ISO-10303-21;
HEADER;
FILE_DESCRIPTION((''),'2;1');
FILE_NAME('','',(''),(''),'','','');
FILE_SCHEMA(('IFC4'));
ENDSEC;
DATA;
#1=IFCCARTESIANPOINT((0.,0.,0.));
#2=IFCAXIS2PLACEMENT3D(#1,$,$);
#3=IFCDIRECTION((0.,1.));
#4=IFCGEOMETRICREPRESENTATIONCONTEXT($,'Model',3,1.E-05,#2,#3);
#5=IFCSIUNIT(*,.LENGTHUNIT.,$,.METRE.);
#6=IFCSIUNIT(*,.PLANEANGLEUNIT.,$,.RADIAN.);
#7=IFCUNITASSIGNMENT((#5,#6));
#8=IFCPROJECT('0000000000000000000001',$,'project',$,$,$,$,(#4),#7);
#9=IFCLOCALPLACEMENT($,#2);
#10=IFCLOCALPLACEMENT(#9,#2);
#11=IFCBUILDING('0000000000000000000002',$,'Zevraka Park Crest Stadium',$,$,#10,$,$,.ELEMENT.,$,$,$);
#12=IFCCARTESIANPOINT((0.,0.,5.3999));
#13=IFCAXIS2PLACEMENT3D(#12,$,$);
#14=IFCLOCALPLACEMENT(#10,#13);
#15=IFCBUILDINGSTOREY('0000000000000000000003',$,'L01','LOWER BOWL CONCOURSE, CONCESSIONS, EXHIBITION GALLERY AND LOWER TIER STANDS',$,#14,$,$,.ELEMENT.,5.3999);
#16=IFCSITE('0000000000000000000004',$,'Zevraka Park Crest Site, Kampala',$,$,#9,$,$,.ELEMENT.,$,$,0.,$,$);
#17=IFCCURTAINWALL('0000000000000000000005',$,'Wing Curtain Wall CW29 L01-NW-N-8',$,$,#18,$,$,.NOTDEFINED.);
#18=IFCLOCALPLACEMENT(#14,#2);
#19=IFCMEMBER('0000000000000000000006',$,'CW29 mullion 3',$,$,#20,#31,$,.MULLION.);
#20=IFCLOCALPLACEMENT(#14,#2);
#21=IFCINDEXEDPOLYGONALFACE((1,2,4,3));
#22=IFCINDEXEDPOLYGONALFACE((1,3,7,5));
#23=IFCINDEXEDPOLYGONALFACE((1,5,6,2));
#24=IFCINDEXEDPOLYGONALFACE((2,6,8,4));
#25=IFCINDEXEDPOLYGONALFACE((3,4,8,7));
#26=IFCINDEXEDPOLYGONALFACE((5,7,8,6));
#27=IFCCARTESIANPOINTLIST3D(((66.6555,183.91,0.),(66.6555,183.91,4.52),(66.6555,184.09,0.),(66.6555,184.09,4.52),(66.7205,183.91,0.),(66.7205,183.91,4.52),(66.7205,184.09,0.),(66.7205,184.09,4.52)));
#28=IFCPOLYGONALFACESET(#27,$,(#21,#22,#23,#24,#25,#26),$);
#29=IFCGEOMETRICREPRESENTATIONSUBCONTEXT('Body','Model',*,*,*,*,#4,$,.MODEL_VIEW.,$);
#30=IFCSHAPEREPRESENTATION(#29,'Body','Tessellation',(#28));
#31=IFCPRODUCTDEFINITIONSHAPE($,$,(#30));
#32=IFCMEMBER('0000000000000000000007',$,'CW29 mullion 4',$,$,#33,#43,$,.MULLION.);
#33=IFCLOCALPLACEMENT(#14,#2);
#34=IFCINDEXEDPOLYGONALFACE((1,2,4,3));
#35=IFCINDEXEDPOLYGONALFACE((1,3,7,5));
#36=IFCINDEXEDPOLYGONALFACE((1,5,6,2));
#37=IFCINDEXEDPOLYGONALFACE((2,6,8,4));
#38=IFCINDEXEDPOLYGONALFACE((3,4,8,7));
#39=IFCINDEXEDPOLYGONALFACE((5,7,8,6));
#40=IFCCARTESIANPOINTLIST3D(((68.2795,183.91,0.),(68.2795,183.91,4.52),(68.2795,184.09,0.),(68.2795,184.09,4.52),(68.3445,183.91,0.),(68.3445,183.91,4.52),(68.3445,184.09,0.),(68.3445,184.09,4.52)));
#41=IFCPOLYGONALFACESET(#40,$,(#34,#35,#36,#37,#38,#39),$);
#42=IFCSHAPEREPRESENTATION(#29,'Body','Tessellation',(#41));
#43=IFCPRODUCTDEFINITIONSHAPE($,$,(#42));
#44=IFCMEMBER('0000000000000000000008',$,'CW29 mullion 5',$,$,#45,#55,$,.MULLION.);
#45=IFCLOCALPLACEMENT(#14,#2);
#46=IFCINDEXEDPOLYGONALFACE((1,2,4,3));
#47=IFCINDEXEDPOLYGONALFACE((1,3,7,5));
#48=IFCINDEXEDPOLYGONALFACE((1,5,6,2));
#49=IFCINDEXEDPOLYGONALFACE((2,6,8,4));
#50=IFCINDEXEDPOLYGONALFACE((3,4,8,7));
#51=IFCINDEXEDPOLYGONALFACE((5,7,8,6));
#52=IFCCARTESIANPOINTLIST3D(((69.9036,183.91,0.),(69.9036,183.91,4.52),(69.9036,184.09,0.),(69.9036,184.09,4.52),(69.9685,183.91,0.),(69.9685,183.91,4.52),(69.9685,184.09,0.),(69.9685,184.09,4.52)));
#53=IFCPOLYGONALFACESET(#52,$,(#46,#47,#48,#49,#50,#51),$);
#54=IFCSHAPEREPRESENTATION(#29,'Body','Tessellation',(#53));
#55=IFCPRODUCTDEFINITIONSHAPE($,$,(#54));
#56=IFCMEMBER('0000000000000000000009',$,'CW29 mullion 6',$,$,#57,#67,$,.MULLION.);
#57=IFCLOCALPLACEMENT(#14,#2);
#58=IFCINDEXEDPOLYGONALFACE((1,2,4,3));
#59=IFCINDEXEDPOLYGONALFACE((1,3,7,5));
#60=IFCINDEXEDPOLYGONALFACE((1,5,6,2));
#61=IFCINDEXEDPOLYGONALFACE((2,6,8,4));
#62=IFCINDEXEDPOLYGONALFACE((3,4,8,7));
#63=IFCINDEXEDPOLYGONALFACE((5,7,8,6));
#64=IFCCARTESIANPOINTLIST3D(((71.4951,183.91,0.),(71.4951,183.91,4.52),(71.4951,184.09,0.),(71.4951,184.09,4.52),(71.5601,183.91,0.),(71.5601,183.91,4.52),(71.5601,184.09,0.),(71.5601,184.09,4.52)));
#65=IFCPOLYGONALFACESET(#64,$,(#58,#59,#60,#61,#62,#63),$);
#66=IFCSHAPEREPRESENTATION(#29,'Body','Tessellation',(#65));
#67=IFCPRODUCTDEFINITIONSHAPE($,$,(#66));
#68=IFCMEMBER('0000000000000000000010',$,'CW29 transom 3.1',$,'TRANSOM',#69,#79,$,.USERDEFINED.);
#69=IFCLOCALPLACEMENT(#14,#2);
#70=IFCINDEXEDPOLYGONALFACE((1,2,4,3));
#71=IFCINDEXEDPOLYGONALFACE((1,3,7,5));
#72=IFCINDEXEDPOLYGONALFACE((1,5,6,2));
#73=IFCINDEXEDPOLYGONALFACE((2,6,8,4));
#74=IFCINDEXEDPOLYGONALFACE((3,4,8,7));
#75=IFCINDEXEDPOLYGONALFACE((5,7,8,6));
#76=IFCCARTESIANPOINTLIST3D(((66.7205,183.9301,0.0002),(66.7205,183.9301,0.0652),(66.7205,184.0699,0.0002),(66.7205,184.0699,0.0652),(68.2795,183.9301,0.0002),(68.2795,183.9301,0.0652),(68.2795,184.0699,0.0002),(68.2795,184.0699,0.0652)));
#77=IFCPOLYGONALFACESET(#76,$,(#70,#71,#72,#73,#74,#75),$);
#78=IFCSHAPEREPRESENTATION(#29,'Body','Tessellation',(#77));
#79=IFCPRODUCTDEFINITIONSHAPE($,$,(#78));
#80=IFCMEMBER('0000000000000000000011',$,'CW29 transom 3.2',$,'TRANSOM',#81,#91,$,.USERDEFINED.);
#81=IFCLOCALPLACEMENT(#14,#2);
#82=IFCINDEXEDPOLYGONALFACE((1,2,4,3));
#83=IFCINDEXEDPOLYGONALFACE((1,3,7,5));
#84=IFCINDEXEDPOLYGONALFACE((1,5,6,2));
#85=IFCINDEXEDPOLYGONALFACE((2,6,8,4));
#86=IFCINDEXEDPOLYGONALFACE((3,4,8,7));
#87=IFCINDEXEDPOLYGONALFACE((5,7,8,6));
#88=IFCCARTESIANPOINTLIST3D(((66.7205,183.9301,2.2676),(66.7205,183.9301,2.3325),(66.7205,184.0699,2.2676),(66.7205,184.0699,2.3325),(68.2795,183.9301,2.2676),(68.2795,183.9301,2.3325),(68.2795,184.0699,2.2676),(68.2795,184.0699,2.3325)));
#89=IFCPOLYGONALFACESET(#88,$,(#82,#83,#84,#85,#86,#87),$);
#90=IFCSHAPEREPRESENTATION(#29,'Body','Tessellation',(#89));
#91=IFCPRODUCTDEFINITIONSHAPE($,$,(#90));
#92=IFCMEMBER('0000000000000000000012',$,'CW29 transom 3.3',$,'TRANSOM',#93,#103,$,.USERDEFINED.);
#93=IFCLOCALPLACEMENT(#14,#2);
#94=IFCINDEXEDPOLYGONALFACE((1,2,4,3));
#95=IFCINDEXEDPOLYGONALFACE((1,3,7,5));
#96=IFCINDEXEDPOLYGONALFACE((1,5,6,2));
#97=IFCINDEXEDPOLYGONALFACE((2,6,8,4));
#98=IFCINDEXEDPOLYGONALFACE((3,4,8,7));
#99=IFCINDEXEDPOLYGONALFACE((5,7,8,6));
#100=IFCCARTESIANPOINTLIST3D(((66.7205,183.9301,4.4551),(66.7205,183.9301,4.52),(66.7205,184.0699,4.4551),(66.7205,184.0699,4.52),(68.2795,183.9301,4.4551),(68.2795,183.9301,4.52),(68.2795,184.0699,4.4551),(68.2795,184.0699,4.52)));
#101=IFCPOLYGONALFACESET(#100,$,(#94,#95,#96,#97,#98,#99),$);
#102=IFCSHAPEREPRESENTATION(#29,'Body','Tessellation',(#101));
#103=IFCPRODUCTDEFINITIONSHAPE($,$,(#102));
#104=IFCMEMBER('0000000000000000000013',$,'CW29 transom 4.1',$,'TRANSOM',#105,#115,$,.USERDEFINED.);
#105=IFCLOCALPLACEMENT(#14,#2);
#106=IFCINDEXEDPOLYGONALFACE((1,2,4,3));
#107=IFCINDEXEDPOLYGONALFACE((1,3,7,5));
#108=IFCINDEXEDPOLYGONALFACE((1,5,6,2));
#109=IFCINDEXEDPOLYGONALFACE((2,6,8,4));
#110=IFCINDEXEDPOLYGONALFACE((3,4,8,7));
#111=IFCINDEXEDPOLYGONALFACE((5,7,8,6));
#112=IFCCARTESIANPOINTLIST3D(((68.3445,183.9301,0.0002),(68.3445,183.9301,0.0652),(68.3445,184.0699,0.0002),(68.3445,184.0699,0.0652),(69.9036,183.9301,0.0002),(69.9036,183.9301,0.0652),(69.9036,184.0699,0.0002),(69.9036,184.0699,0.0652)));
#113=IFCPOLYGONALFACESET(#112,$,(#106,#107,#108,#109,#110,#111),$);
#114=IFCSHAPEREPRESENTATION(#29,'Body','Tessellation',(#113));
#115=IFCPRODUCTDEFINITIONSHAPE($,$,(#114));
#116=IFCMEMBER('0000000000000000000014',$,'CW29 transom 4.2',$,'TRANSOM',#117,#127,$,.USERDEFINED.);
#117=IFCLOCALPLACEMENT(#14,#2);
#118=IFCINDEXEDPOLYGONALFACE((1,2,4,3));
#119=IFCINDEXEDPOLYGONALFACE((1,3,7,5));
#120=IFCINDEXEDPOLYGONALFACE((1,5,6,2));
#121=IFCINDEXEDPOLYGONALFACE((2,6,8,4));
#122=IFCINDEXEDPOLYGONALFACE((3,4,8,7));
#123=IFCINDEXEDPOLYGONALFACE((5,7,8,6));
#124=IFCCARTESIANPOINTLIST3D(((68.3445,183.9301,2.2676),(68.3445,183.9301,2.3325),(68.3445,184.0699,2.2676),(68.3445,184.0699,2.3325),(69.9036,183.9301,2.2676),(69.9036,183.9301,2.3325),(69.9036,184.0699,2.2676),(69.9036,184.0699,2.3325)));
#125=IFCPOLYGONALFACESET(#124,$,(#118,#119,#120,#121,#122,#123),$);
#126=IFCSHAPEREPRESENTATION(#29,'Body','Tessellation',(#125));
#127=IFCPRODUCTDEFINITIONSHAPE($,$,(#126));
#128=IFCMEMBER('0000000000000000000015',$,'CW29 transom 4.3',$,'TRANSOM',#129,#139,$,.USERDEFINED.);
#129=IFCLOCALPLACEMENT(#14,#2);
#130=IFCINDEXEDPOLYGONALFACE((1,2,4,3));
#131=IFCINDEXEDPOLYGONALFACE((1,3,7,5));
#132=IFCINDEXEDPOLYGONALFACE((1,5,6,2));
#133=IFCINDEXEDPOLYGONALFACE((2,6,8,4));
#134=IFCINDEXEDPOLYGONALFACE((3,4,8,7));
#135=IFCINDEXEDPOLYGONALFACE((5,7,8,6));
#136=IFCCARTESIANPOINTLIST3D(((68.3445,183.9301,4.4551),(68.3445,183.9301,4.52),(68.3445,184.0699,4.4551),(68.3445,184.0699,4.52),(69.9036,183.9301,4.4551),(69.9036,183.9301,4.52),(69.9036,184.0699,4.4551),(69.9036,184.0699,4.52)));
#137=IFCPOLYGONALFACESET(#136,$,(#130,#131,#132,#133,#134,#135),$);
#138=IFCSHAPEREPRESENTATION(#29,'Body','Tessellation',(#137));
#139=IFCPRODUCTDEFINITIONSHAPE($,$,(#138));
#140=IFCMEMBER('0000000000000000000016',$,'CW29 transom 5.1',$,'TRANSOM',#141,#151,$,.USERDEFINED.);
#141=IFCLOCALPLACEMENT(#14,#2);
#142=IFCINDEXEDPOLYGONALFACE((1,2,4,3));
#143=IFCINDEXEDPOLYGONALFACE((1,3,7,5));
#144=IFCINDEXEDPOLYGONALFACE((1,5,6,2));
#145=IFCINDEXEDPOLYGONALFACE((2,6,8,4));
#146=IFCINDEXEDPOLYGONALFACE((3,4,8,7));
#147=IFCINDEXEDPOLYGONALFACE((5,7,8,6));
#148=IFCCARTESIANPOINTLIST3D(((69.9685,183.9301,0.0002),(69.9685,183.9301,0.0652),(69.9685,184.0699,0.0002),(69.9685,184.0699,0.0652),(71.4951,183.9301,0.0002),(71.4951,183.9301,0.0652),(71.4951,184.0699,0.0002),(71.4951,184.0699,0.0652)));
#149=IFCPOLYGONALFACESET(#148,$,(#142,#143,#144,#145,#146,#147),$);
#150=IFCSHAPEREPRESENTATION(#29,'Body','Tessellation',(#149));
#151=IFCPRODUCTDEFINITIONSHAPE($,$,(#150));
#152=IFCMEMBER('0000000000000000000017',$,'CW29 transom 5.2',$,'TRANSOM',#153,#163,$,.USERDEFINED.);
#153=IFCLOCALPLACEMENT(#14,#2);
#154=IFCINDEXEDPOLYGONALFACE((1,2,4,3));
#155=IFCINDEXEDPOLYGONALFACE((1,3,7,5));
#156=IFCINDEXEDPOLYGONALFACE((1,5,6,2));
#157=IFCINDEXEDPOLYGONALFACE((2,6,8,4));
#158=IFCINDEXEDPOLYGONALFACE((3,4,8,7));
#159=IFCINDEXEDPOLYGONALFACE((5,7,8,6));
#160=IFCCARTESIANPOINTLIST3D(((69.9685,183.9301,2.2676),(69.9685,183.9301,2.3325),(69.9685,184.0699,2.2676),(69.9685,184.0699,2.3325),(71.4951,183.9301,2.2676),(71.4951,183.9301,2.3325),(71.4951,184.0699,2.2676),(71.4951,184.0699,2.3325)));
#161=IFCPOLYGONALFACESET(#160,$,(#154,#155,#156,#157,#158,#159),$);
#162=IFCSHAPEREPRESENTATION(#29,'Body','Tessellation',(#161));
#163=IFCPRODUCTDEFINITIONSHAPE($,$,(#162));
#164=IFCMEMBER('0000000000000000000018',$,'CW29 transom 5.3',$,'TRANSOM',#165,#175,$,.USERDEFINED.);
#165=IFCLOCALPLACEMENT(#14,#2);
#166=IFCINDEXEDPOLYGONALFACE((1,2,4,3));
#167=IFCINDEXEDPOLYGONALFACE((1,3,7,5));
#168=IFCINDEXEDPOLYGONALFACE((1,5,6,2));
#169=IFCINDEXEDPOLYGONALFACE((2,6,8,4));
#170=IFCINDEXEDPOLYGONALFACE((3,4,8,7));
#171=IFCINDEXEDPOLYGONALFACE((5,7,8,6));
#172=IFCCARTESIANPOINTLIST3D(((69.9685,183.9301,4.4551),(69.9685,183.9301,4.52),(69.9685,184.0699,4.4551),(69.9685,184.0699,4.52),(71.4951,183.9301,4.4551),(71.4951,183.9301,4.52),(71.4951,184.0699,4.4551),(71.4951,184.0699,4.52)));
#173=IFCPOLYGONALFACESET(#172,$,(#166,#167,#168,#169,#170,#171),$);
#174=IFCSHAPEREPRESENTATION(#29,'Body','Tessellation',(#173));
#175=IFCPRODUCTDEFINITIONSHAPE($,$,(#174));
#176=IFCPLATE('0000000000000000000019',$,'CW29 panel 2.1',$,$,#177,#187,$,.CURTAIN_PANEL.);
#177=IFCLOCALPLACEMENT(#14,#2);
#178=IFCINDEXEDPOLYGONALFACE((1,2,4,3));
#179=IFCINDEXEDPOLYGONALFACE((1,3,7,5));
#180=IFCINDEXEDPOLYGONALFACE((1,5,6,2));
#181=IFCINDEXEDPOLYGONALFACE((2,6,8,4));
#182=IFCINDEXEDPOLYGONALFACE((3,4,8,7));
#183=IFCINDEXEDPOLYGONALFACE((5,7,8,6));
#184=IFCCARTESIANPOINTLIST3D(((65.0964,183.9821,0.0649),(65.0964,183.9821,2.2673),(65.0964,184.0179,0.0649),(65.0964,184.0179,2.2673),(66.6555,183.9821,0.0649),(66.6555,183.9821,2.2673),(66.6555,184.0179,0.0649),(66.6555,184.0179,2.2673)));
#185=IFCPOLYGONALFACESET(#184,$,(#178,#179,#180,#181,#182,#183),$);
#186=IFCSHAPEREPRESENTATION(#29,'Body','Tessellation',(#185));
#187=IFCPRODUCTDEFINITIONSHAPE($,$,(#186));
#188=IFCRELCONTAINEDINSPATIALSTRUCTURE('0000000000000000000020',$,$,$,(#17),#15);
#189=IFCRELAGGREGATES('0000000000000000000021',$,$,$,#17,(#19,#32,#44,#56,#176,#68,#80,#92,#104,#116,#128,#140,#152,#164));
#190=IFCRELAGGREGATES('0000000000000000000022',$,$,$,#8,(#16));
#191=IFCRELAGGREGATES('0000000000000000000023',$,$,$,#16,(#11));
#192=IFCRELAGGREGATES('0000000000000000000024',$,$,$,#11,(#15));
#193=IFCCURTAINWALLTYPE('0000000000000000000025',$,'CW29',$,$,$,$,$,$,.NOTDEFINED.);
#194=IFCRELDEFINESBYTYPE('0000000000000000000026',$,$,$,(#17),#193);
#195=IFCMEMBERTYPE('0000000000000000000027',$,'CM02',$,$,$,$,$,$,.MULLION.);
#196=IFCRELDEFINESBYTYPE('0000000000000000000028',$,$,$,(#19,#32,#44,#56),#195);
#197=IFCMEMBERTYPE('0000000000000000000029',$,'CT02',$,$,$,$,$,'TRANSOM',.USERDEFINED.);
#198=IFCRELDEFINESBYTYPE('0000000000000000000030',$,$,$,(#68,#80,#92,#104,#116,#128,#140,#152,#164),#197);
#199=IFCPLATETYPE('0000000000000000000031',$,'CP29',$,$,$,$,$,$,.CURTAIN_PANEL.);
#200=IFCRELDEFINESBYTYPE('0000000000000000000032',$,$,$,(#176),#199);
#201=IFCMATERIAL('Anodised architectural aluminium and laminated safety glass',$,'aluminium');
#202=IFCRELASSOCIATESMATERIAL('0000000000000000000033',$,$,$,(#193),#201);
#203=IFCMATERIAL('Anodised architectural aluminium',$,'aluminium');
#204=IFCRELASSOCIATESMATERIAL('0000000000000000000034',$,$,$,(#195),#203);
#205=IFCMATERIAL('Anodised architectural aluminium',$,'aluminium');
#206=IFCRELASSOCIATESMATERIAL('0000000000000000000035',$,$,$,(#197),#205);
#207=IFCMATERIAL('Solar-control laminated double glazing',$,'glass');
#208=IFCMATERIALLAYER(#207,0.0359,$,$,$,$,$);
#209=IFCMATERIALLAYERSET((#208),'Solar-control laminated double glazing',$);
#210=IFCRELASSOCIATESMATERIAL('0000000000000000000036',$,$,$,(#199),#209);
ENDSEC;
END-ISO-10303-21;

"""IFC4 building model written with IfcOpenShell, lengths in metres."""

from ifc_helpers import new_model, si_unit, direction, frame, origin, origin_2d, place, context, subcontext, project, spatial, rectangle, extrude, material, layer, layer_set, material_profile, profile_set, type_object, element, aggregate, save


model = new_model("IFC4")

# Units and contexts
model_context = context("Model", 3, precision=1e-05, world=origin(), true_north=direction((0.0, 1.0)))
body_context = subcontext(model_context, "Body", "Model", "MODEL_VIEW")
ifc_project = project(units=[si_unit("LENGTHUNIT", "METRE"), si_unit("PLANEANGLEUNIT", "RADIAN")], contexts=[model_context])

# Site, building, storey
site_placement = place(None, origin())
site = spatial("IfcSite", under=ifc_project, at=site_placement, Name="Zevraka Park Crest Site, Kampala", CompositionType="ELEMENT", RefElevation=0.0)
building_placement = place(site_placement, origin())
building = spatial("IfcBuilding", under=site, at=building_placement, Name="Zevraka Park Crest Stadium", CompositionType="ELEMENT")
storey_placement = place(building_placement, frame((0.0, 0.0, 5.3999)))
storey = spatial("IfcBuildingStorey", under=building, at=storey_placement, Name="L01", Description="LOWER BOWL CONCOURSE, CONCESSIONS, EXHIBITION GALLERY AND LOWER TIER STANDS", CompositionType="ELEMENT", Elevation=5.3999)

# Curtain wall, members, plate
ifc_material_1 = material(Name="Anodised architectural aluminium and laminated safety glass", Category="aluminium")
curtain_wall_type = type_object("IfcCurtainWallType", Name="CW29", PredefinedType="NOTDEFINED", material=ifc_material_1)
curtain_wall_placement = place(storey_placement, origin())
curtain_wall = element("IfcCurtainWall", 1, at=curtain_wall_placement, inside=storey, type_object=curtain_wall_type, Name="Wing Curtain Wall CW29 L01-NW-N-8", PredefinedType="NOTDEFINED")
ifc_material_2 = material(Name="Anodised architectural aluminium", Category="aluminium")
ifc_material_profile_1 = material_profile(ifc_material_2, rectangle(XDim=0.1799, YDim=0.0649, at=origin_2d()), Name="ALU MULLION 180x65")
ifc_profile_set_1 = profile_set([ifc_material_profile_1], Name="Anodised architectural aluminium")
member_type_1 = type_object("IfcMemberType", Name="CM02", PredefinedType="MULLION", material=ifc_profile_set_1)
member_1_placement = place(storey_placement, frame((66.688, 184.0, 0.0), z_axis=(0.0, 0.0, 1.0), x_axis=(0.0, 1.0, 0.0)))
member_1 = element("IfcMember", 2, at=member_1_placement, type_object=member_type_1, Name="CW29 mullion 3", PredefinedType="MULLION", context=body_context, shape_type="SweptSolid", body=[
    extrude(rectangle(XDim=0.1799, YDim=0.0649, at=origin_2d()), origin(), (0.0, 0.0, 1.0), 4.52),
])
member_2_placement = place(storey_placement, frame((68.312, 184.0, 0.0), z_axis=(0.0, 0.0, 1.0), x_axis=(0.0, 1.0, 0.0)))
member_2 = element("IfcMember", 3, at=member_2_placement, type_object=member_type_1, Name="CW29 mullion 4", PredefinedType="MULLION", context=body_context, shape_type="SweptSolid", body=[
    extrude(rectangle(XDim=0.1799, YDim=0.0649, at=origin_2d()), origin(), (0.0, 0.0, 1.0), 4.52),
])
member_3_placement = place(storey_placement, frame((69.936, 184.0, 0.0), z_axis=(0.0, 0.0, 1.0), x_axis=(0.0, 1.0, 0.0)))
member_3 = element("IfcMember", 4, at=member_3_placement, type_object=member_type_1, Name="CW29 mullion 5", PredefinedType="MULLION", context=body_context, shape_type="SweptSolid", body=[
    extrude(rectangle(XDim=0.1799, YDim=0.0649, at=origin_2d()), origin(), (0.0, 0.0, 1.0), 4.52),
])
member_4_placement = place(storey_placement, frame((71.5276, 184.0, 0.0), z_axis=(0.0, 0.0, 1.0), x_axis=(0.0, 1.0, 0.0)))
member_4 = element("IfcMember", 5, at=member_4_placement, type_object=member_type_1, Name="CW29 mullion 6", PredefinedType="MULLION", context=body_context, shape_type="SweptSolid", body=[
    extrude(rectangle(XDim=0.1799, YDim=0.0649, at=origin_2d()), origin(), (0.0, 0.0, 1.0), 4.52),
])
ifc_material_3 = material(Name="Anodised architectural aluminium", Category="aluminium")
ifc_material_profile_2 = material_profile(ifc_material_3, rectangle(XDim=0.1399, YDim=0.0649, at=origin_2d()), Name="ALU TRANSOM 140x65")
ifc_profile_set_2 = profile_set([ifc_material_profile_2], Name="Anodised architectural aluminium")
member_type_2 = type_object("IfcMemberType", Name="CT02", ElementType="TRANSOM", PredefinedType="USERDEFINED", material=ifc_profile_set_2)
member_5_placement = place(storey_placement, frame((66.7205, 184.0, 0.0327), z_axis=(1.0, 0.0, 0.0), x_axis=(0.0, 1.0, 0.0)))
member_5 = element("IfcMember", 6, at=member_5_placement, type_object=member_type_2, Name="CW29 transom 3.1", ObjectType="TRANSOM", PredefinedType="USERDEFINED", context=body_context, shape_type="SweptSolid", body=[
    extrude(rectangle(XDim=0.1399, YDim=0.0649, at=origin_2d()), origin(), (0.0, 0.0, 1.0), 1.5591),
])
member_6_placement = place(storey_placement, frame((66.7205, 184.0, 2.3), z_axis=(1.0, 0.0, 0.0), x_axis=(0.0, 1.0, 0.0)))
member_6 = element("IfcMember", 7, at=member_6_placement, type_object=member_type_2, Name="CW29 transom 3.2", ObjectType="TRANSOM", PredefinedType="USERDEFINED", context=body_context, shape_type="SweptSolid", body=[
    extrude(rectangle(XDim=0.1399, YDim=0.0649, at=origin_2d()), origin(), (0.0, 0.0, 1.0), 1.5591),
])
member_7_placement = place(storey_placement, frame((66.7205, 184.0, 4.4875), z_axis=(1.0, 0.0, 0.0), x_axis=(0.0, 1.0, 0.0)))
member_7 = element("IfcMember", 8, at=member_7_placement, type_object=member_type_2, Name="CW29 transom 3.3", ObjectType="TRANSOM", PredefinedType="USERDEFINED", context=body_context, shape_type="SweptSolid", body=[
    extrude(rectangle(XDim=0.1399, YDim=0.0649, at=origin_2d()), origin(), (0.0, 0.0, 1.0), 1.5591),
])
member_8_placement = place(storey_placement, frame((68.3445, 184.0, 0.0327), z_axis=(1.0, 0.0, 0.0), x_axis=(0.0, 1.0, 0.0)))
member_8 = element("IfcMember", 9, at=member_8_placement, type_object=member_type_2, Name="CW29 transom 4.1", ObjectType="TRANSOM", PredefinedType="USERDEFINED", context=body_context, shape_type="SweptSolid", body=[
    extrude(rectangle(XDim=0.1399, YDim=0.0649, at=origin_2d()), origin(), (0.0, 0.0, 1.0), 1.5591),
])
member_9_placement = place(storey_placement, frame((68.3445, 184.0, 2.3), z_axis=(1.0, 0.0, 0.0), x_axis=(0.0, 1.0, 0.0)))
member_9 = element("IfcMember", 10, at=member_9_placement, type_object=member_type_2, Name="CW29 transom 4.2", ObjectType="TRANSOM", PredefinedType="USERDEFINED", context=body_context, shape_type="SweptSolid", body=[
    extrude(rectangle(XDim=0.1399, YDim=0.0649, at=origin_2d()), origin(), (0.0, 0.0, 1.0), 1.5591),
])
member_10_placement = place(storey_placement, frame((68.3445, 184.0, 4.4875), z_axis=(1.0, 0.0, 0.0), x_axis=(0.0, 1.0, 0.0)))
member_10 = element("IfcMember", 11, at=member_10_placement, type_object=member_type_2, Name="CW29 transom 4.3", ObjectType="TRANSOM", PredefinedType="USERDEFINED", context=body_context, shape_type="SweptSolid", body=[
    extrude(rectangle(XDim=0.1399, YDim=0.0649, at=origin_2d()), origin(), (0.0, 0.0, 1.0), 1.5591),
])
member_11_placement = place(storey_placement, frame((69.9685, 184.0, 0.0327), z_axis=(1.0, 0.0, 0.0), x_axis=(0.0, 1.0, 0.0)))
member_11 = element("IfcMember", 12, at=member_11_placement, type_object=member_type_2, Name="CW29 transom 5.1", ObjectType="TRANSOM", PredefinedType="USERDEFINED", context=body_context, shape_type="SweptSolid", body=[
    extrude(rectangle(XDim=0.1399, YDim=0.0649, at=origin_2d()), origin(), (0.0, 0.0, 1.0), 1.5266),
])
member_12_placement = place(storey_placement, frame((69.9685, 184.0, 2.3), z_axis=(1.0, 0.0, 0.0), x_axis=(0.0, 1.0, 0.0)))
member_12 = element("IfcMember", 13, at=member_12_placement, type_object=member_type_2, Name="CW29 transom 5.2", ObjectType="TRANSOM", PredefinedType="USERDEFINED", context=body_context, shape_type="SweptSolid", body=[
    extrude(rectangle(XDim=0.1399, YDim=0.0649, at=origin_2d()), origin(), (0.0, 0.0, 1.0), 1.5266),
])
member_13_placement = place(storey_placement, frame((69.9685, 184.0, 4.4875), z_axis=(1.0, 0.0, 0.0), x_axis=(0.0, 1.0, 0.0)))
member_13 = element("IfcMember", 14, at=member_13_placement, type_object=member_type_2, Name="CW29 transom 5.3", ObjectType="TRANSOM", PredefinedType="USERDEFINED", context=body_context, shape_type="SweptSolid", body=[
    extrude(rectangle(XDim=0.1399, YDim=0.0649, at=origin_2d()), origin(), (0.0, 0.0, 1.0), 1.5266),
])
ifc_material_4 = material(Name="Solar-control laminated double glazing", Category="glass")
ifc_layer_1 = layer(ifc_material_4, 0.0359)
ifc_layer_set_1 = layer_set([ifc_layer_1], Name="Solar-control laminated double glazing")
plate_type = type_object("IfcPlateType", Name="CP29", PredefinedType="CURTAIN_PANEL", material=ifc_layer_set_1)
plate_1_placement = place(storey_placement, frame((65.876, 184.0, 0.0649), z_axis=(0.0, 0.0, 1.0), x_axis=(1.0, 0.0, 0.0)))
plate_1 = element("IfcPlate", 15, at=plate_1_placement, type_object=plate_type, Name="CW29 panel 2.1", PredefinedType="CURTAIN_PANEL", context=body_context, shape_type="SweptSolid", body=[
    extrude(rectangle(XDim=1.5591, YDim=0.0359, at=origin_2d()), origin(), (0.0, 0.0, 1.0), 2.2024),
])
aggregate(curtain_wall, [member_1, member_2, member_3, member_4, plate_1, member_5, member_6, member_7, member_8, member_9, member_10, member_11, member_12, member_13])

save(model, "model.ifc")
